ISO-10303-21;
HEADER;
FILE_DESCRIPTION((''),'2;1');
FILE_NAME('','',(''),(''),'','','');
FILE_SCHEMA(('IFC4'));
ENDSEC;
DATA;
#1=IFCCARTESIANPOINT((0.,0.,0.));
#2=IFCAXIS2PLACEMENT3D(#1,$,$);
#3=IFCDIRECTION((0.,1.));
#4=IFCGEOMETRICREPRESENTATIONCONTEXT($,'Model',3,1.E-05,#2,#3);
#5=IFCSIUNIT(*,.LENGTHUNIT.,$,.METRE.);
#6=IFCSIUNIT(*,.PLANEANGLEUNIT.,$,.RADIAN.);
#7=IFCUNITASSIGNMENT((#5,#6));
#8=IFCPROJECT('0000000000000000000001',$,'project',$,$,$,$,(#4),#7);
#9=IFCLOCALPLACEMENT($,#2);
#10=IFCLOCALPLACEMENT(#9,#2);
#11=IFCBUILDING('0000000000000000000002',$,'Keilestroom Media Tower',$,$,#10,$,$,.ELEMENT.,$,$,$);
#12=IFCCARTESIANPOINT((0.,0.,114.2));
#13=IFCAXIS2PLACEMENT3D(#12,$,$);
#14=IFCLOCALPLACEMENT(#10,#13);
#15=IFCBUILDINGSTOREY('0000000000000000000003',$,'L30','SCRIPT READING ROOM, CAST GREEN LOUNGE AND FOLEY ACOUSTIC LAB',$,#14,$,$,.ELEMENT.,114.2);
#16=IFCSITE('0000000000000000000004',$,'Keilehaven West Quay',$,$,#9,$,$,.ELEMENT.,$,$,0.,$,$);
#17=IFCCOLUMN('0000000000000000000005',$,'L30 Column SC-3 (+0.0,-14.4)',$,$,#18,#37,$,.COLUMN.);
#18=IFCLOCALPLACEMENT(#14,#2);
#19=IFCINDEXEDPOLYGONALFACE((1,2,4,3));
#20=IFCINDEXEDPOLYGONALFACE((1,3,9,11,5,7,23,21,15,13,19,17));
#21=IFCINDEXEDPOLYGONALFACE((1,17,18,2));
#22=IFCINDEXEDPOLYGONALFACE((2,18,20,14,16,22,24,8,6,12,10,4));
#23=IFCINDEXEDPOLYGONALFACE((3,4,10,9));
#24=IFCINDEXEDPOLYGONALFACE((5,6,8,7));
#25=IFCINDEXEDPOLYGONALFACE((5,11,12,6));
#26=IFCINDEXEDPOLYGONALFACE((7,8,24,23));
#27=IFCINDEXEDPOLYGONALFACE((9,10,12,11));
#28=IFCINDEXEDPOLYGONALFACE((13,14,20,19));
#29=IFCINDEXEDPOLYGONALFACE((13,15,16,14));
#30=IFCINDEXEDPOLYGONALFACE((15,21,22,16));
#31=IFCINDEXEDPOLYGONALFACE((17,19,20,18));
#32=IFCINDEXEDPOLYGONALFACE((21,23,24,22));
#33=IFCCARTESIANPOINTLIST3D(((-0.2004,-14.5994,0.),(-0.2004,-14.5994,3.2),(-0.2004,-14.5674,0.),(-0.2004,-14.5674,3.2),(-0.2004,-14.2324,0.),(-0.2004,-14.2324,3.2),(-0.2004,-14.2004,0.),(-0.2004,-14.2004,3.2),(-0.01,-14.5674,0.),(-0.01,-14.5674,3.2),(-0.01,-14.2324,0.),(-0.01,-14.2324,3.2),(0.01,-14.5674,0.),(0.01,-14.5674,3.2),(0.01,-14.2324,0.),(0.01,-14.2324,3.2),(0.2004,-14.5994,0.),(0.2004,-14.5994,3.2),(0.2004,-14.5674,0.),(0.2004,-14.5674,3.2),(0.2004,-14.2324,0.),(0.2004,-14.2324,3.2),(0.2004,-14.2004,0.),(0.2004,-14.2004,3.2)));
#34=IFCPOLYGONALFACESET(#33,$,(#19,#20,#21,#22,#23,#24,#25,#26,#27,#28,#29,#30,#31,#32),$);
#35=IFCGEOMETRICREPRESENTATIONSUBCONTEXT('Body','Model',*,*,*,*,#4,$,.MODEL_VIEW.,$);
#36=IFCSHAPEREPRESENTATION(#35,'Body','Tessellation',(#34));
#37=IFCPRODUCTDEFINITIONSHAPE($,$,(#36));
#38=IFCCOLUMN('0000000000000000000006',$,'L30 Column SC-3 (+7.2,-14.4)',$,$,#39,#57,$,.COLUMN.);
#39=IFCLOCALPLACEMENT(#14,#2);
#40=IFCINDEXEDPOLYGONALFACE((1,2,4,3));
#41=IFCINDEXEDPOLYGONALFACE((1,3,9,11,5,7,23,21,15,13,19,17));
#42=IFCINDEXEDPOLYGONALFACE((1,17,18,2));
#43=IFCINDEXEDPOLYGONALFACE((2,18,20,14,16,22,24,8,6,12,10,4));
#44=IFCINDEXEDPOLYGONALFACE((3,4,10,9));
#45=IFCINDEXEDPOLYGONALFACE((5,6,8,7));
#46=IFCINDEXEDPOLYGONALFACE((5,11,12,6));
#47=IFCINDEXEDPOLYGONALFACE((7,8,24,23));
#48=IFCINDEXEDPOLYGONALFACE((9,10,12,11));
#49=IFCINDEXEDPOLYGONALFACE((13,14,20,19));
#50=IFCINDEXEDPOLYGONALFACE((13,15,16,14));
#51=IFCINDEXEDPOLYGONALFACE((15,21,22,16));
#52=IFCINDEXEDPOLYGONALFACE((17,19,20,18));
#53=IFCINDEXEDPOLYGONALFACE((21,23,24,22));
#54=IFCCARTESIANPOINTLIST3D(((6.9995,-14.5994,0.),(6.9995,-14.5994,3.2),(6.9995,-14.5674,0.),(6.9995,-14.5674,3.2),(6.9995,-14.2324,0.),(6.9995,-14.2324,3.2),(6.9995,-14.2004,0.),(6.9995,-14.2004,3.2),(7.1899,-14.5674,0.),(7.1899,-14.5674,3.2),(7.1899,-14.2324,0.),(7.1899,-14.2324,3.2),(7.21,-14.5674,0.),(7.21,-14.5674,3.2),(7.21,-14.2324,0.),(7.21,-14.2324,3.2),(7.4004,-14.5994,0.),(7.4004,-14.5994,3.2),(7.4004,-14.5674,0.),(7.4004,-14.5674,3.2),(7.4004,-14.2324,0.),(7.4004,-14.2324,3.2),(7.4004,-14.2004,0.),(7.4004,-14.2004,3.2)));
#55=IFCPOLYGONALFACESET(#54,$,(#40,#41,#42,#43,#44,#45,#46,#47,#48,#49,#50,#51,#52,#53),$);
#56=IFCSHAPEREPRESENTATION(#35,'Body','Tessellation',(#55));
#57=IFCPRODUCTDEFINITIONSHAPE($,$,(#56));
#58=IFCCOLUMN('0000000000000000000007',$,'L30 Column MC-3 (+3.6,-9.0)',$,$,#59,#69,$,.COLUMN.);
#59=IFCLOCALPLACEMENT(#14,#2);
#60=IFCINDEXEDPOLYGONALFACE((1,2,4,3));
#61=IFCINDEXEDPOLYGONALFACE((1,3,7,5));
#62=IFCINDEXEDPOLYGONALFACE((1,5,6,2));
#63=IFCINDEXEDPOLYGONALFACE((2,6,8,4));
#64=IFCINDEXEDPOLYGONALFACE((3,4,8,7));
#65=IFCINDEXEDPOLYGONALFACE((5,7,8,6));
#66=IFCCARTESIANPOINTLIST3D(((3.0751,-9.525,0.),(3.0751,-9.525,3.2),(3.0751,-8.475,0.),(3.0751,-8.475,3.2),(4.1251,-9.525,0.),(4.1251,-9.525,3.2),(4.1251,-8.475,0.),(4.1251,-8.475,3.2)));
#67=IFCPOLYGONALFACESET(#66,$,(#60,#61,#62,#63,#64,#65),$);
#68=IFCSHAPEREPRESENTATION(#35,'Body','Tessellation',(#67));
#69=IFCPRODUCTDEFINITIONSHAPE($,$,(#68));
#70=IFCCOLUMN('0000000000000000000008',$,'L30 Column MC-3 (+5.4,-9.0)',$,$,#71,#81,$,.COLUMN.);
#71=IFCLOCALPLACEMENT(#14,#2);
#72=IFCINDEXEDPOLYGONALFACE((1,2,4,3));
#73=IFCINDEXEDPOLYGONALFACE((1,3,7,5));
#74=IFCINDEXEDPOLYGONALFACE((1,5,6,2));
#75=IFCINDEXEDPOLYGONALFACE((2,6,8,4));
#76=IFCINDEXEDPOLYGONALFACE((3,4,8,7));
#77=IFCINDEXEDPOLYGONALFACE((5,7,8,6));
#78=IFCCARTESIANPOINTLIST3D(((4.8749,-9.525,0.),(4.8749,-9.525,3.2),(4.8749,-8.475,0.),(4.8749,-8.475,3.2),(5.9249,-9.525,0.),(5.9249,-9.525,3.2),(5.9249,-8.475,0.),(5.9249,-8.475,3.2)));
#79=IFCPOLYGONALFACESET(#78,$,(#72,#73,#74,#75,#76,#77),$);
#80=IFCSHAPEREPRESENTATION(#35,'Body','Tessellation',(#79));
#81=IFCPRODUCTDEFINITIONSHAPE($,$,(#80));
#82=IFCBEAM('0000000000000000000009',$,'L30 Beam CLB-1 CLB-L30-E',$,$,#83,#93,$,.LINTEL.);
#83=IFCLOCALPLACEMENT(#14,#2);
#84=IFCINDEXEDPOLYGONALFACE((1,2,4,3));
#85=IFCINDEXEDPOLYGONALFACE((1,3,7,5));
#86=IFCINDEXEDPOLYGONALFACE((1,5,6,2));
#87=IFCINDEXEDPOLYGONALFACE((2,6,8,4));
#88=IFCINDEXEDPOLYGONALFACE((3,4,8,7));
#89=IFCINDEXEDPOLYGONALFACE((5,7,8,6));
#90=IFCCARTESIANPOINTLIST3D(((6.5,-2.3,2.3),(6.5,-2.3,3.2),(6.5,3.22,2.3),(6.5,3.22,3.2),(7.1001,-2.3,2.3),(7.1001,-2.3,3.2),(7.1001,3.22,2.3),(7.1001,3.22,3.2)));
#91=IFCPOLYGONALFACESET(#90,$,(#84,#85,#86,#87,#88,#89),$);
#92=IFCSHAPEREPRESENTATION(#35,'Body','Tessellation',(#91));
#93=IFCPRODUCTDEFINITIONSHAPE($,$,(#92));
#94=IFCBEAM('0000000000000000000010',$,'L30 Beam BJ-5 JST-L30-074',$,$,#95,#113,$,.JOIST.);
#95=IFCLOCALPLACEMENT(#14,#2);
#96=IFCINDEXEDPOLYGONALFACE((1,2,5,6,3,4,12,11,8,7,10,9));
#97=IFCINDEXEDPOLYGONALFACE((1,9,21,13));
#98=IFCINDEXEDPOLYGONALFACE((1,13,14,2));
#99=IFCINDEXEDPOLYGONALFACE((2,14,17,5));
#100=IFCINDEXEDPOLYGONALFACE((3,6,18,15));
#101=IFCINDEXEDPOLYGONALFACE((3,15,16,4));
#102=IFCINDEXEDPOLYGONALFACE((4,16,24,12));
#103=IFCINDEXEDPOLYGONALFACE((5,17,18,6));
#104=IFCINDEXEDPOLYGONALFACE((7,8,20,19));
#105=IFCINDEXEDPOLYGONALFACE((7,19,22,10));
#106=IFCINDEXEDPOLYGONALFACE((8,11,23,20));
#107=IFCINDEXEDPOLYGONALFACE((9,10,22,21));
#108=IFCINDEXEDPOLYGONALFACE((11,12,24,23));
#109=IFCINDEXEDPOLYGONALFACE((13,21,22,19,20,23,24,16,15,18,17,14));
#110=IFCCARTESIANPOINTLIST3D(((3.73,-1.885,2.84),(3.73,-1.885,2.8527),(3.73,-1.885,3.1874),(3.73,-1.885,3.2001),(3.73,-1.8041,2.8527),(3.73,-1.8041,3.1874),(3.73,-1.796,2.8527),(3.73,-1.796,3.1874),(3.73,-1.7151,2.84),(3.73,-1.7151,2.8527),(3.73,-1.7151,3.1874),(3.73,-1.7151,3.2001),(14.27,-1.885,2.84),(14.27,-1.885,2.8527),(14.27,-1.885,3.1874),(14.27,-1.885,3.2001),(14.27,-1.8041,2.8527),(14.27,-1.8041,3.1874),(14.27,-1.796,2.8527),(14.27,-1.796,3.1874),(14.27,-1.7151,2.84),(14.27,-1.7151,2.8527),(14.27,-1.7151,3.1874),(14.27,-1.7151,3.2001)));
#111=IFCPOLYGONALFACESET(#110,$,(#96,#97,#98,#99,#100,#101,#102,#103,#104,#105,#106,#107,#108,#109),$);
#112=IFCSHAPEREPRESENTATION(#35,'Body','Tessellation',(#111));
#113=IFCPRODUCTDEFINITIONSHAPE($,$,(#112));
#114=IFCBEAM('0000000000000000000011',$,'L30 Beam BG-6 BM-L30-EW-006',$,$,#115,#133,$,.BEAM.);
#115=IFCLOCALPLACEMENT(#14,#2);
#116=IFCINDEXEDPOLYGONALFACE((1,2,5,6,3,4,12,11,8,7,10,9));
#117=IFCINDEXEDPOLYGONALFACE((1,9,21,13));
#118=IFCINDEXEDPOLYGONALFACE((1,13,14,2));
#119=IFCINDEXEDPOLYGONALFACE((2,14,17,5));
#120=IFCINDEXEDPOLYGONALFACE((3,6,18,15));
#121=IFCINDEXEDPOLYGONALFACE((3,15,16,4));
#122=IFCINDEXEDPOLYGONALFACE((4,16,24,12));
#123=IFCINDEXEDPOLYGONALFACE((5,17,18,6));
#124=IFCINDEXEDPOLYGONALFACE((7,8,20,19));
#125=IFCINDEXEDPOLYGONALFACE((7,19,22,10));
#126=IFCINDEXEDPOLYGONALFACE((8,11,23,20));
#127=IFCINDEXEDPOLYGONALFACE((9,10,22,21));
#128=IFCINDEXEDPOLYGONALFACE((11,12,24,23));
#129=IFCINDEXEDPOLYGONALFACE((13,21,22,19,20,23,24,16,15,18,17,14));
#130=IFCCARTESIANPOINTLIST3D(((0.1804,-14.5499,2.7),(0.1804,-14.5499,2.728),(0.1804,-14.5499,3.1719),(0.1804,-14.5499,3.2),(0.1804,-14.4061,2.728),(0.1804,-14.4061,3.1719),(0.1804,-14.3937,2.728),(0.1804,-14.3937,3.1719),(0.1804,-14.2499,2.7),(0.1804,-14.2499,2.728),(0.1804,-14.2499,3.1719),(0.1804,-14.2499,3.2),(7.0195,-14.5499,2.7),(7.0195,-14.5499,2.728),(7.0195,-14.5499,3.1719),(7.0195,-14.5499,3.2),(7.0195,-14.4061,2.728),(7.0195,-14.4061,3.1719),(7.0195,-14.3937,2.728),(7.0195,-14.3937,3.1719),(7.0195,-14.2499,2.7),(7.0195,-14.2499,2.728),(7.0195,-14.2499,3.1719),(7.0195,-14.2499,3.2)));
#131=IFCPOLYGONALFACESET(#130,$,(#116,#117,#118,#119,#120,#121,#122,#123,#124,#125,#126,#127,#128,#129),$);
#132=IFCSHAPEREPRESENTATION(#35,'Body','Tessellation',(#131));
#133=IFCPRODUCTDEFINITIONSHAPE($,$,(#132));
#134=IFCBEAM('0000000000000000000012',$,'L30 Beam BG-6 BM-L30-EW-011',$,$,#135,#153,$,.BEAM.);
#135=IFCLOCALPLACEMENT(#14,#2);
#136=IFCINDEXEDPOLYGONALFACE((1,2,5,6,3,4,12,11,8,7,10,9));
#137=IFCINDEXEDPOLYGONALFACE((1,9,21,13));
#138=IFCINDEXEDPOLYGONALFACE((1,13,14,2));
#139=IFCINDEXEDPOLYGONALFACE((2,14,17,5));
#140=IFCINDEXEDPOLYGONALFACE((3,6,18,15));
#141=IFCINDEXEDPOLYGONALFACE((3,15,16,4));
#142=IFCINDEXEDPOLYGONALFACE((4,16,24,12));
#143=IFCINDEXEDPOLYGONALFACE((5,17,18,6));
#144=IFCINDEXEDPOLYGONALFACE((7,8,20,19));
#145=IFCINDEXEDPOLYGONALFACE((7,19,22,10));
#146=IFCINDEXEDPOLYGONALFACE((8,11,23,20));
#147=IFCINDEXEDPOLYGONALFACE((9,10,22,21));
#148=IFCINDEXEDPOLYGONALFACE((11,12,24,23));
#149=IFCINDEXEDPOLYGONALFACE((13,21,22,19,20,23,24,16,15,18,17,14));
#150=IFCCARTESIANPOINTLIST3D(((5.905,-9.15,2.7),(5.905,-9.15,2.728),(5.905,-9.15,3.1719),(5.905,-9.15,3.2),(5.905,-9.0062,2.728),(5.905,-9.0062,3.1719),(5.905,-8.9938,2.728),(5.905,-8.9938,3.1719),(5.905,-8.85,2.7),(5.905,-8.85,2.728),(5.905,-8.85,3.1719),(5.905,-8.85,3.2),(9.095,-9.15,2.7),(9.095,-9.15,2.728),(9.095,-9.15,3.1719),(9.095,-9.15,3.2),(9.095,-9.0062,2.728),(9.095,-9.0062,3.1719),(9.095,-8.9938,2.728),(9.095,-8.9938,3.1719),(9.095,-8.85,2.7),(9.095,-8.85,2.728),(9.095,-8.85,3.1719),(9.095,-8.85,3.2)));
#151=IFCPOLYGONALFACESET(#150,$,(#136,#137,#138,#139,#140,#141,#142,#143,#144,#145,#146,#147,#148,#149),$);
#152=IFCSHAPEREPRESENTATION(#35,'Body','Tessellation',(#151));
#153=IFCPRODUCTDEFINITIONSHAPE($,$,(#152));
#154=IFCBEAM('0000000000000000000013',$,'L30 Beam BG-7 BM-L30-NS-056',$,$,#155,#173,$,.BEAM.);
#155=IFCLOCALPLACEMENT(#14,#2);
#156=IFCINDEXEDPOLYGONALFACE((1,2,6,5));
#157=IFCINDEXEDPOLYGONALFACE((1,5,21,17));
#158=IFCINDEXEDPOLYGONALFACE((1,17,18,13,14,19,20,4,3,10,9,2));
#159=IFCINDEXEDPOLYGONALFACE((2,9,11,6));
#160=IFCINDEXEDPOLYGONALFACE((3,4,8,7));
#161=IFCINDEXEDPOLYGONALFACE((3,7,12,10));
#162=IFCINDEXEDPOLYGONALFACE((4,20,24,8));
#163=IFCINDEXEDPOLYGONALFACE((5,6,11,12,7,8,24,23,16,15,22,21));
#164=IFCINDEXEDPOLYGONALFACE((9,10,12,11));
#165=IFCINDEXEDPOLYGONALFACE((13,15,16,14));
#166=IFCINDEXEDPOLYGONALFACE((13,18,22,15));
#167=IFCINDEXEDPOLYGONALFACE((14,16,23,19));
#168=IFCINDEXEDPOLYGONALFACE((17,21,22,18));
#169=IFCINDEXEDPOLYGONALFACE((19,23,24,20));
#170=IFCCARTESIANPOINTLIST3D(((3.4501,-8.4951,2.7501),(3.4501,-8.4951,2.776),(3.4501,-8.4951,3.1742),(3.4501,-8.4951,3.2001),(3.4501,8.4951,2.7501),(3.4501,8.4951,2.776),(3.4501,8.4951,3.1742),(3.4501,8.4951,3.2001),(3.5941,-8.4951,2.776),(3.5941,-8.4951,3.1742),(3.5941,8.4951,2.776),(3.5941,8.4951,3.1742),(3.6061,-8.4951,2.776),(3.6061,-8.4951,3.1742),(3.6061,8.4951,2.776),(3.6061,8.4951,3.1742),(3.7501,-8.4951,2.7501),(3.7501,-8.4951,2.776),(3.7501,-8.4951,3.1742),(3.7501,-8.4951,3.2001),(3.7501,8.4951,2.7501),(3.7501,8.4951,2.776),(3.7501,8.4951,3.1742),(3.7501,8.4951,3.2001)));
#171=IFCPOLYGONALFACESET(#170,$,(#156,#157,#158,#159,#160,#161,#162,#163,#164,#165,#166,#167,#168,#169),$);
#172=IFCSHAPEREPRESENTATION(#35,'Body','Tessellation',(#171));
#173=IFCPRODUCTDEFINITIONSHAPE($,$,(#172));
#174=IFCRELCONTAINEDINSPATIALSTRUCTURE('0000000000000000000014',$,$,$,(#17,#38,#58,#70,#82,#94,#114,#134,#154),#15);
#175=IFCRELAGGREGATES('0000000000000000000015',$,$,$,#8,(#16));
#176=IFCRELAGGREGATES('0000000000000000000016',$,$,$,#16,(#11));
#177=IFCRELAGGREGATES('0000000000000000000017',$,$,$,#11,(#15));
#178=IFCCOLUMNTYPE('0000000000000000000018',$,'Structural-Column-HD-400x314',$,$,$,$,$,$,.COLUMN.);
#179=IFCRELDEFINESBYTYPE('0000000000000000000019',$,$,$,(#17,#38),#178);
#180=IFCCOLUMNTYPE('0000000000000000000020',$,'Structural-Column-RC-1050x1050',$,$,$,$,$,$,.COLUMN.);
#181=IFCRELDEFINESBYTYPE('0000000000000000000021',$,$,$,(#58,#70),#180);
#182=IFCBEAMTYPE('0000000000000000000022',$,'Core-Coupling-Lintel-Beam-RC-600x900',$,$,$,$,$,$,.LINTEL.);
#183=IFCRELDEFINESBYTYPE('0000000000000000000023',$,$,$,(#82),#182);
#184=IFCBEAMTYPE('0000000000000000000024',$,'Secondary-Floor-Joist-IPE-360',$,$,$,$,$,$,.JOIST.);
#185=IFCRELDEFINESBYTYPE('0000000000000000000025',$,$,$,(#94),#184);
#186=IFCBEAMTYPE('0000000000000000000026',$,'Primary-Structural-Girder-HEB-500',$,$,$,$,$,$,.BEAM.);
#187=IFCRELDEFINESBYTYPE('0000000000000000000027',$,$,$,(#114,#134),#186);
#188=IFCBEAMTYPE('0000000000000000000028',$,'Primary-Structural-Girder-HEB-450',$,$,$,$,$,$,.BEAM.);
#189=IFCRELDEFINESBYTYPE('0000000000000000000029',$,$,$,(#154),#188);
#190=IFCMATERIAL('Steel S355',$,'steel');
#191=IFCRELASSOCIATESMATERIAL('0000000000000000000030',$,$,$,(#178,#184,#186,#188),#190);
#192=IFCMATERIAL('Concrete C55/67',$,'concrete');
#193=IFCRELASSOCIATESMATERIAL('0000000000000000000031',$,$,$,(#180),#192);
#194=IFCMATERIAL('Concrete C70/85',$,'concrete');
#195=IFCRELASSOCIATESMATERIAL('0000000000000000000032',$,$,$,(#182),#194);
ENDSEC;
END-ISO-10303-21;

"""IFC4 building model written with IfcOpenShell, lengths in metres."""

from ifc_helpers import new_model, si_unit, direction, frame, origin, origin_2d, place, context, subcontext, project, spatial, rectangle, i_section, extrude, source, transform, mapped, material, material_profile, profile_set, type_object, element, save


model = new_model("IFC4")

# Units and contexts
model_context = context("Model", 3, precision=1e-05, world=origin(), true_north=direction((0.0, 1.0)))
body_context = subcontext(model_context, "Body", "Model", "MODEL_VIEW")
ifc_project = project(units=[si_unit("LENGTHUNIT", "METRE"), si_unit("PLANEANGLEUNIT", "RADIAN")], contexts=[model_context])

# Site, building, storey
site_placement = place(None, origin())
site = spatial("IfcSite", under=ifc_project, at=site_placement, Name="Keilehaven West Quay", CompositionType="ELEMENT", RefElevation=0.0)
building_placement = place(site_placement, origin())
building = spatial("IfcBuilding", under=site, at=building_placement, Name="Keilestroom Media Tower", CompositionType="ELEMENT")
storey_placement = place(building_placement, frame((0.0, 0.0, 114.2)))
storey = spatial("IfcBuildingStorey", under=building, at=storey_placement, Name="L30", Description="SCRIPT READING ROOM, CAST GREEN LOUNGE AND FOLEY ACOUSTIC LAB", CompositionType="ELEMENT", Elevation=114.2)

# Columns
ifc_material_1 = material(Name="Steel S355", Category="steel")
ifc_material_profile_1 = material_profile(ifc_material_1, i_section(OverallWidth=0.4009, OverallDepth=0.3989, WebThickness=0.02, FlangeThickness=0.032, at=origin_2d()), Name="HD 400x314")
ifc_profile_set_1 = profile_set([ifc_material_profile_1], Name="Steel S355")
column_type_1 = type_object("IfcColumnType", Name="Structural-Column-HD-400x314", PredefinedType="COLUMN", material=ifc_profile_set_1)
shared_shape_1 = source(origin(), body_context, "Body", "SweptSolid", [
    extrude(i_section(OverallWidth=0.4009, OverallDepth=0.3989, WebThickness=0.02, FlangeThickness=0.032, at=origin_2d()), origin(), (0.0, 0.0, 1.0), 3.2),
])
for number, where, z_axis, x_axis, name in (
    (1, (0.0, -14.3999, 0.0), (0.0, 0.0, 1.0), (1.0, 0.0, 0.0), "L30 Column SC-3 (+0.0,-14.4)"),
    (2, (7.2, -14.3999, 0.0), (0.0, 0.0, 1.0), (1.0, 0.0, 0.0), "L30 Column SC-3 (+7.2,-14.4)"),
):
    element("IfcColumn", number, at=place(storey_placement, frame(where, z_axis=z_axis, x_axis=x_axis)), inside=storey, type_object=column_type_1, Name=name, PredefinedType="COLUMN", context=body_context, shape_type="MappedRepresentation", body=[
        mapped(shared_shape_1, transform((0.0, 0.0, 0.0), x_axis=(1.0, 0.0, 0.0), y_axis=(0.0, 1.0, 0.0), z_axis=(0.0, 0.0, 1.0), scale=1.0)),
    ])
ifc_material_2 = material(Name="Concrete C55/67", Category="concrete")
ifc_material_profile_2 = material_profile(ifc_material_2, rectangle(XDim=1.05, YDim=1.05, at=origin_2d()), Name="RC 1050x1050")
ifc_profile_set_2 = profile_set([ifc_material_profile_2], Name="Concrete C55/67")
column_type_2 = type_object("IfcColumnType", Name="Structural-Column-RC-1050x1050", PredefinedType="COLUMN", material=ifc_profile_set_2)
shared_shape_2 = source(origin(), body_context, "Body", "SweptSolid", [
    extrude(rectangle(XDim=1.05, YDim=1.05, at=origin_2d()), origin(), (0.0, 0.0, 1.0), 3.2),
])
for number, where, z_axis, x_axis, name in (
    (3, (3.6001, -9.0, 0.0), (0.0, 0.0, 1.0), (1.0, 0.0, 0.0), "L30 Column MC-3 (+3.6,-9.0)"),
    (4, (5.3999, -9.0, 0.0), (0.0, 0.0, 1.0), (1.0, 0.0, 0.0), "L30 Column MC-3 (+5.4,-9.0)"),
):
    element("IfcColumn", number, at=place(storey_placement, frame(where, z_axis=z_axis, x_axis=x_axis)), inside=storey, type_object=column_type_2, Name=name, PredefinedType="COLUMN", context=body_context, shape_type="MappedRepresentation", body=[
        mapped(shared_shape_2, transform((0.0, 0.0, 0.0), x_axis=(1.0, 0.0, 0.0), y_axis=(0.0, 1.0, 0.0), z_axis=(0.0, 0.0, 1.0), scale=1.0)),
    ])

# Beams
ifc_material_3 = material(Name="Concrete C70/85", Category="concrete")
ifc_material_profile_3 = material_profile(ifc_material_3, rectangle(XDim=0.6001, YDim=0.8999, at=origin_2d()), Name="RC 600x900")
ifc_profile_set_3 = profile_set([ifc_material_profile_3], Name="Concrete C70/85")
beam_type_1 = type_object("IfcBeamType", Name="Core-Coupling-Lintel-Beam-RC-600x900", PredefinedType="LINTEL", material=ifc_profile_set_3)
shared_shape_3 = source(origin(), body_context, "Body", "SweptSolid", [
    extrude(rectangle(XDim=0.6001, YDim=0.8999, at=origin_2d()), origin(), (0.0, 0.0, 1.0), 5.52),
])
beam_1_placement = place(storey_placement, frame((6.8, -2.3, 2.75), z_axis=(0.0, 1.0, 0.0), x_axis=(-1.0, 0.0, 0.0)))
element("IfcBeam", 5, at=beam_1_placement, inside=storey, type_object=beam_type_1, Name="L30 Beam CLB-1 CLB-L30-E", PredefinedType="LINTEL", context=body_context, shape_type="MappedRepresentation", body=[
    mapped(shared_shape_3, transform((0.0, 0.0, 0.0), x_axis=(1.0, 0.0, 0.0), y_axis=(0.0, 1.0, 0.0), z_axis=(0.0, 0.0, 1.0), scale=1.0)),
])
ifc_material_profile_4 = material_profile(ifc_material_1, i_section(OverallWidth=0.1699, OverallDepth=0.3601, WebThickness=0.0081, FlangeThickness=0.0127, at=origin_2d()), Name="IPE 360")
ifc_profile_set_4 = profile_set([ifc_material_profile_4], Name="Steel S355")
beam_type_2 = type_object("IfcBeamType", Name="Secondary-Floor-Joist-IPE-360", PredefinedType="JOIST", material=ifc_profile_set_4)
shared_shape_4 = source(origin(), body_context, "Body", "SweptSolid", [
    extrude(i_section(OverallWidth=0.1699, OverallDepth=0.3601, WebThickness=0.0081, FlangeThickness=0.0127, at=origin_2d()), origin(), (0.0, 0.0, 1.0), 10.54),
])
beam_2_placement = place(storey_placement, frame((3.73, -1.8, 3.02), z_axis=(1.0, 0.0, 0.0), x_axis=(0.0, 1.0, 0.0)))
element("IfcBeam", 6, at=beam_2_placement, inside=storey, type_object=beam_type_2, Name="L30 Beam BJ-5 JST-L30-074", PredefinedType="JOIST", context=body_context, shape_type="MappedRepresentation", body=[
    mapped(shared_shape_4, transform((0.0, 0.0, 0.0), x_axis=(1.0, 0.0, 0.0), y_axis=(0.0, 1.0, 0.0), z_axis=(0.0, 0.0, 1.0), scale=1.0)),
])
ifc_material_profile_5 = material_profile(ifc_material_1, i_section(OverallWidth=0.3, OverallDepth=0.5, WebThickness=0.0125, FlangeThickness=0.0281, at=origin_2d()), Name="HEB 500")
ifc_profile_set_5 = profile_set([ifc_material_profile_5], Name="Steel S355")
beam_type_3 = type_object("IfcBeamType", Name="Primary-Structural-Girder-HEB-500", PredefinedType="BEAM", material=ifc_profile_set_5)
shared_shape_5 = source(origin(), body_context, "Body", "SweptSolid", [
    extrude(i_section(OverallWidth=0.3, OverallDepth=0.5, WebThickness=0.0125, FlangeThickness=0.0281, at=origin_2d()), origin(), (0.0, 0.0, 1.0), 6.8391),
])
beam_3_placement = place(storey_placement, frame((0.1804, -14.3999, 2.95), z_axis=(1.0, 0.0, 0.0), x_axis=(0.0, 1.0, 0.0)))
element("IfcBeam", 7, at=beam_3_placement, inside=storey, type_object=beam_type_3, Name="L30 Beam BG-6 BM-L30-EW-006", PredefinedType="BEAM", context=body_context, shape_type="MappedRepresentation", body=[
    mapped(shared_shape_5, transform((0.0, 0.0, 0.0), x_axis=(1.0, 0.0, 0.0), y_axis=(0.0, 1.0, 0.0), z_axis=(0.0, 0.0, 1.0), scale=1.0)),
])
shared_shape_6 = source(origin(), body_context, "Body", "SweptSolid", [
    extrude(i_section(OverallWidth=0.3, OverallDepth=0.5, WebThickness=0.0125, FlangeThickness=0.0281, at=origin_2d()), origin(), (0.0, 0.0, 1.0), 3.1899),
])
beam_4_placement = place(storey_placement, frame((5.905, -9.0, 2.95), z_axis=(1.0, 0.0, 0.0), x_axis=(0.0, 1.0, 0.0)))
element("IfcBeam", 8, at=beam_4_placement, inside=storey, type_object=beam_type_3, Name="L30 Beam BG-6 BM-L30-EW-011", PredefinedType="BEAM", context=body_context, shape_type="MappedRepresentation", body=[
    mapped(shared_shape_6, transform((0.0, 0.0, 0.0), x_axis=(1.0, 0.0, 0.0), y_axis=(0.0, 1.0, 0.0), z_axis=(0.0, 0.0, 1.0), scale=1.0)),
])
ifc_material_profile_6 = material_profile(ifc_material_1, i_section(OverallWidth=0.3, OverallDepth=0.45, WebThickness=0.012, FlangeThickness=0.0259, at=origin_2d()), Name="HEB 450")
ifc_profile_set_6 = profile_set([ifc_material_profile_6], Name="Steel S355")
beam_type_4 = type_object("IfcBeamType", Name="Primary-Structural-Girder-HEB-450", PredefinedType="BEAM", material=ifc_profile_set_6)
shared_shape_7 = source(origin(), body_context, "Body", "SweptSolid", [
    extrude(i_section(OverallWidth=0.3, OverallDepth=0.45, WebThickness=0.012, FlangeThickness=0.0259, at=origin_2d()), origin(), (0.0, 0.0, 1.0), 16.9902),
])
beam_5_placement = place(storey_placement, frame((3.6001, -8.4951, 2.9751), z_axis=(0.0, 1.0, 0.0), x_axis=(-1.0, 0.0, 0.0)))
element("IfcBeam", 9, at=beam_5_placement, inside=storey, type_object=beam_type_4, Name="L30 Beam BG-7 BM-L30-NS-056", PredefinedType="BEAM", context=body_context, shape_type="MappedRepresentation", body=[
    mapped(shared_shape_7, transform((0.0, 0.0, 0.0), x_axis=(1.0, 0.0, 0.0), y_axis=(0.0, 1.0, 0.0), z_axis=(0.0, 0.0, 1.0), scale=1.0)),
])

save(model, "model.ifc")
